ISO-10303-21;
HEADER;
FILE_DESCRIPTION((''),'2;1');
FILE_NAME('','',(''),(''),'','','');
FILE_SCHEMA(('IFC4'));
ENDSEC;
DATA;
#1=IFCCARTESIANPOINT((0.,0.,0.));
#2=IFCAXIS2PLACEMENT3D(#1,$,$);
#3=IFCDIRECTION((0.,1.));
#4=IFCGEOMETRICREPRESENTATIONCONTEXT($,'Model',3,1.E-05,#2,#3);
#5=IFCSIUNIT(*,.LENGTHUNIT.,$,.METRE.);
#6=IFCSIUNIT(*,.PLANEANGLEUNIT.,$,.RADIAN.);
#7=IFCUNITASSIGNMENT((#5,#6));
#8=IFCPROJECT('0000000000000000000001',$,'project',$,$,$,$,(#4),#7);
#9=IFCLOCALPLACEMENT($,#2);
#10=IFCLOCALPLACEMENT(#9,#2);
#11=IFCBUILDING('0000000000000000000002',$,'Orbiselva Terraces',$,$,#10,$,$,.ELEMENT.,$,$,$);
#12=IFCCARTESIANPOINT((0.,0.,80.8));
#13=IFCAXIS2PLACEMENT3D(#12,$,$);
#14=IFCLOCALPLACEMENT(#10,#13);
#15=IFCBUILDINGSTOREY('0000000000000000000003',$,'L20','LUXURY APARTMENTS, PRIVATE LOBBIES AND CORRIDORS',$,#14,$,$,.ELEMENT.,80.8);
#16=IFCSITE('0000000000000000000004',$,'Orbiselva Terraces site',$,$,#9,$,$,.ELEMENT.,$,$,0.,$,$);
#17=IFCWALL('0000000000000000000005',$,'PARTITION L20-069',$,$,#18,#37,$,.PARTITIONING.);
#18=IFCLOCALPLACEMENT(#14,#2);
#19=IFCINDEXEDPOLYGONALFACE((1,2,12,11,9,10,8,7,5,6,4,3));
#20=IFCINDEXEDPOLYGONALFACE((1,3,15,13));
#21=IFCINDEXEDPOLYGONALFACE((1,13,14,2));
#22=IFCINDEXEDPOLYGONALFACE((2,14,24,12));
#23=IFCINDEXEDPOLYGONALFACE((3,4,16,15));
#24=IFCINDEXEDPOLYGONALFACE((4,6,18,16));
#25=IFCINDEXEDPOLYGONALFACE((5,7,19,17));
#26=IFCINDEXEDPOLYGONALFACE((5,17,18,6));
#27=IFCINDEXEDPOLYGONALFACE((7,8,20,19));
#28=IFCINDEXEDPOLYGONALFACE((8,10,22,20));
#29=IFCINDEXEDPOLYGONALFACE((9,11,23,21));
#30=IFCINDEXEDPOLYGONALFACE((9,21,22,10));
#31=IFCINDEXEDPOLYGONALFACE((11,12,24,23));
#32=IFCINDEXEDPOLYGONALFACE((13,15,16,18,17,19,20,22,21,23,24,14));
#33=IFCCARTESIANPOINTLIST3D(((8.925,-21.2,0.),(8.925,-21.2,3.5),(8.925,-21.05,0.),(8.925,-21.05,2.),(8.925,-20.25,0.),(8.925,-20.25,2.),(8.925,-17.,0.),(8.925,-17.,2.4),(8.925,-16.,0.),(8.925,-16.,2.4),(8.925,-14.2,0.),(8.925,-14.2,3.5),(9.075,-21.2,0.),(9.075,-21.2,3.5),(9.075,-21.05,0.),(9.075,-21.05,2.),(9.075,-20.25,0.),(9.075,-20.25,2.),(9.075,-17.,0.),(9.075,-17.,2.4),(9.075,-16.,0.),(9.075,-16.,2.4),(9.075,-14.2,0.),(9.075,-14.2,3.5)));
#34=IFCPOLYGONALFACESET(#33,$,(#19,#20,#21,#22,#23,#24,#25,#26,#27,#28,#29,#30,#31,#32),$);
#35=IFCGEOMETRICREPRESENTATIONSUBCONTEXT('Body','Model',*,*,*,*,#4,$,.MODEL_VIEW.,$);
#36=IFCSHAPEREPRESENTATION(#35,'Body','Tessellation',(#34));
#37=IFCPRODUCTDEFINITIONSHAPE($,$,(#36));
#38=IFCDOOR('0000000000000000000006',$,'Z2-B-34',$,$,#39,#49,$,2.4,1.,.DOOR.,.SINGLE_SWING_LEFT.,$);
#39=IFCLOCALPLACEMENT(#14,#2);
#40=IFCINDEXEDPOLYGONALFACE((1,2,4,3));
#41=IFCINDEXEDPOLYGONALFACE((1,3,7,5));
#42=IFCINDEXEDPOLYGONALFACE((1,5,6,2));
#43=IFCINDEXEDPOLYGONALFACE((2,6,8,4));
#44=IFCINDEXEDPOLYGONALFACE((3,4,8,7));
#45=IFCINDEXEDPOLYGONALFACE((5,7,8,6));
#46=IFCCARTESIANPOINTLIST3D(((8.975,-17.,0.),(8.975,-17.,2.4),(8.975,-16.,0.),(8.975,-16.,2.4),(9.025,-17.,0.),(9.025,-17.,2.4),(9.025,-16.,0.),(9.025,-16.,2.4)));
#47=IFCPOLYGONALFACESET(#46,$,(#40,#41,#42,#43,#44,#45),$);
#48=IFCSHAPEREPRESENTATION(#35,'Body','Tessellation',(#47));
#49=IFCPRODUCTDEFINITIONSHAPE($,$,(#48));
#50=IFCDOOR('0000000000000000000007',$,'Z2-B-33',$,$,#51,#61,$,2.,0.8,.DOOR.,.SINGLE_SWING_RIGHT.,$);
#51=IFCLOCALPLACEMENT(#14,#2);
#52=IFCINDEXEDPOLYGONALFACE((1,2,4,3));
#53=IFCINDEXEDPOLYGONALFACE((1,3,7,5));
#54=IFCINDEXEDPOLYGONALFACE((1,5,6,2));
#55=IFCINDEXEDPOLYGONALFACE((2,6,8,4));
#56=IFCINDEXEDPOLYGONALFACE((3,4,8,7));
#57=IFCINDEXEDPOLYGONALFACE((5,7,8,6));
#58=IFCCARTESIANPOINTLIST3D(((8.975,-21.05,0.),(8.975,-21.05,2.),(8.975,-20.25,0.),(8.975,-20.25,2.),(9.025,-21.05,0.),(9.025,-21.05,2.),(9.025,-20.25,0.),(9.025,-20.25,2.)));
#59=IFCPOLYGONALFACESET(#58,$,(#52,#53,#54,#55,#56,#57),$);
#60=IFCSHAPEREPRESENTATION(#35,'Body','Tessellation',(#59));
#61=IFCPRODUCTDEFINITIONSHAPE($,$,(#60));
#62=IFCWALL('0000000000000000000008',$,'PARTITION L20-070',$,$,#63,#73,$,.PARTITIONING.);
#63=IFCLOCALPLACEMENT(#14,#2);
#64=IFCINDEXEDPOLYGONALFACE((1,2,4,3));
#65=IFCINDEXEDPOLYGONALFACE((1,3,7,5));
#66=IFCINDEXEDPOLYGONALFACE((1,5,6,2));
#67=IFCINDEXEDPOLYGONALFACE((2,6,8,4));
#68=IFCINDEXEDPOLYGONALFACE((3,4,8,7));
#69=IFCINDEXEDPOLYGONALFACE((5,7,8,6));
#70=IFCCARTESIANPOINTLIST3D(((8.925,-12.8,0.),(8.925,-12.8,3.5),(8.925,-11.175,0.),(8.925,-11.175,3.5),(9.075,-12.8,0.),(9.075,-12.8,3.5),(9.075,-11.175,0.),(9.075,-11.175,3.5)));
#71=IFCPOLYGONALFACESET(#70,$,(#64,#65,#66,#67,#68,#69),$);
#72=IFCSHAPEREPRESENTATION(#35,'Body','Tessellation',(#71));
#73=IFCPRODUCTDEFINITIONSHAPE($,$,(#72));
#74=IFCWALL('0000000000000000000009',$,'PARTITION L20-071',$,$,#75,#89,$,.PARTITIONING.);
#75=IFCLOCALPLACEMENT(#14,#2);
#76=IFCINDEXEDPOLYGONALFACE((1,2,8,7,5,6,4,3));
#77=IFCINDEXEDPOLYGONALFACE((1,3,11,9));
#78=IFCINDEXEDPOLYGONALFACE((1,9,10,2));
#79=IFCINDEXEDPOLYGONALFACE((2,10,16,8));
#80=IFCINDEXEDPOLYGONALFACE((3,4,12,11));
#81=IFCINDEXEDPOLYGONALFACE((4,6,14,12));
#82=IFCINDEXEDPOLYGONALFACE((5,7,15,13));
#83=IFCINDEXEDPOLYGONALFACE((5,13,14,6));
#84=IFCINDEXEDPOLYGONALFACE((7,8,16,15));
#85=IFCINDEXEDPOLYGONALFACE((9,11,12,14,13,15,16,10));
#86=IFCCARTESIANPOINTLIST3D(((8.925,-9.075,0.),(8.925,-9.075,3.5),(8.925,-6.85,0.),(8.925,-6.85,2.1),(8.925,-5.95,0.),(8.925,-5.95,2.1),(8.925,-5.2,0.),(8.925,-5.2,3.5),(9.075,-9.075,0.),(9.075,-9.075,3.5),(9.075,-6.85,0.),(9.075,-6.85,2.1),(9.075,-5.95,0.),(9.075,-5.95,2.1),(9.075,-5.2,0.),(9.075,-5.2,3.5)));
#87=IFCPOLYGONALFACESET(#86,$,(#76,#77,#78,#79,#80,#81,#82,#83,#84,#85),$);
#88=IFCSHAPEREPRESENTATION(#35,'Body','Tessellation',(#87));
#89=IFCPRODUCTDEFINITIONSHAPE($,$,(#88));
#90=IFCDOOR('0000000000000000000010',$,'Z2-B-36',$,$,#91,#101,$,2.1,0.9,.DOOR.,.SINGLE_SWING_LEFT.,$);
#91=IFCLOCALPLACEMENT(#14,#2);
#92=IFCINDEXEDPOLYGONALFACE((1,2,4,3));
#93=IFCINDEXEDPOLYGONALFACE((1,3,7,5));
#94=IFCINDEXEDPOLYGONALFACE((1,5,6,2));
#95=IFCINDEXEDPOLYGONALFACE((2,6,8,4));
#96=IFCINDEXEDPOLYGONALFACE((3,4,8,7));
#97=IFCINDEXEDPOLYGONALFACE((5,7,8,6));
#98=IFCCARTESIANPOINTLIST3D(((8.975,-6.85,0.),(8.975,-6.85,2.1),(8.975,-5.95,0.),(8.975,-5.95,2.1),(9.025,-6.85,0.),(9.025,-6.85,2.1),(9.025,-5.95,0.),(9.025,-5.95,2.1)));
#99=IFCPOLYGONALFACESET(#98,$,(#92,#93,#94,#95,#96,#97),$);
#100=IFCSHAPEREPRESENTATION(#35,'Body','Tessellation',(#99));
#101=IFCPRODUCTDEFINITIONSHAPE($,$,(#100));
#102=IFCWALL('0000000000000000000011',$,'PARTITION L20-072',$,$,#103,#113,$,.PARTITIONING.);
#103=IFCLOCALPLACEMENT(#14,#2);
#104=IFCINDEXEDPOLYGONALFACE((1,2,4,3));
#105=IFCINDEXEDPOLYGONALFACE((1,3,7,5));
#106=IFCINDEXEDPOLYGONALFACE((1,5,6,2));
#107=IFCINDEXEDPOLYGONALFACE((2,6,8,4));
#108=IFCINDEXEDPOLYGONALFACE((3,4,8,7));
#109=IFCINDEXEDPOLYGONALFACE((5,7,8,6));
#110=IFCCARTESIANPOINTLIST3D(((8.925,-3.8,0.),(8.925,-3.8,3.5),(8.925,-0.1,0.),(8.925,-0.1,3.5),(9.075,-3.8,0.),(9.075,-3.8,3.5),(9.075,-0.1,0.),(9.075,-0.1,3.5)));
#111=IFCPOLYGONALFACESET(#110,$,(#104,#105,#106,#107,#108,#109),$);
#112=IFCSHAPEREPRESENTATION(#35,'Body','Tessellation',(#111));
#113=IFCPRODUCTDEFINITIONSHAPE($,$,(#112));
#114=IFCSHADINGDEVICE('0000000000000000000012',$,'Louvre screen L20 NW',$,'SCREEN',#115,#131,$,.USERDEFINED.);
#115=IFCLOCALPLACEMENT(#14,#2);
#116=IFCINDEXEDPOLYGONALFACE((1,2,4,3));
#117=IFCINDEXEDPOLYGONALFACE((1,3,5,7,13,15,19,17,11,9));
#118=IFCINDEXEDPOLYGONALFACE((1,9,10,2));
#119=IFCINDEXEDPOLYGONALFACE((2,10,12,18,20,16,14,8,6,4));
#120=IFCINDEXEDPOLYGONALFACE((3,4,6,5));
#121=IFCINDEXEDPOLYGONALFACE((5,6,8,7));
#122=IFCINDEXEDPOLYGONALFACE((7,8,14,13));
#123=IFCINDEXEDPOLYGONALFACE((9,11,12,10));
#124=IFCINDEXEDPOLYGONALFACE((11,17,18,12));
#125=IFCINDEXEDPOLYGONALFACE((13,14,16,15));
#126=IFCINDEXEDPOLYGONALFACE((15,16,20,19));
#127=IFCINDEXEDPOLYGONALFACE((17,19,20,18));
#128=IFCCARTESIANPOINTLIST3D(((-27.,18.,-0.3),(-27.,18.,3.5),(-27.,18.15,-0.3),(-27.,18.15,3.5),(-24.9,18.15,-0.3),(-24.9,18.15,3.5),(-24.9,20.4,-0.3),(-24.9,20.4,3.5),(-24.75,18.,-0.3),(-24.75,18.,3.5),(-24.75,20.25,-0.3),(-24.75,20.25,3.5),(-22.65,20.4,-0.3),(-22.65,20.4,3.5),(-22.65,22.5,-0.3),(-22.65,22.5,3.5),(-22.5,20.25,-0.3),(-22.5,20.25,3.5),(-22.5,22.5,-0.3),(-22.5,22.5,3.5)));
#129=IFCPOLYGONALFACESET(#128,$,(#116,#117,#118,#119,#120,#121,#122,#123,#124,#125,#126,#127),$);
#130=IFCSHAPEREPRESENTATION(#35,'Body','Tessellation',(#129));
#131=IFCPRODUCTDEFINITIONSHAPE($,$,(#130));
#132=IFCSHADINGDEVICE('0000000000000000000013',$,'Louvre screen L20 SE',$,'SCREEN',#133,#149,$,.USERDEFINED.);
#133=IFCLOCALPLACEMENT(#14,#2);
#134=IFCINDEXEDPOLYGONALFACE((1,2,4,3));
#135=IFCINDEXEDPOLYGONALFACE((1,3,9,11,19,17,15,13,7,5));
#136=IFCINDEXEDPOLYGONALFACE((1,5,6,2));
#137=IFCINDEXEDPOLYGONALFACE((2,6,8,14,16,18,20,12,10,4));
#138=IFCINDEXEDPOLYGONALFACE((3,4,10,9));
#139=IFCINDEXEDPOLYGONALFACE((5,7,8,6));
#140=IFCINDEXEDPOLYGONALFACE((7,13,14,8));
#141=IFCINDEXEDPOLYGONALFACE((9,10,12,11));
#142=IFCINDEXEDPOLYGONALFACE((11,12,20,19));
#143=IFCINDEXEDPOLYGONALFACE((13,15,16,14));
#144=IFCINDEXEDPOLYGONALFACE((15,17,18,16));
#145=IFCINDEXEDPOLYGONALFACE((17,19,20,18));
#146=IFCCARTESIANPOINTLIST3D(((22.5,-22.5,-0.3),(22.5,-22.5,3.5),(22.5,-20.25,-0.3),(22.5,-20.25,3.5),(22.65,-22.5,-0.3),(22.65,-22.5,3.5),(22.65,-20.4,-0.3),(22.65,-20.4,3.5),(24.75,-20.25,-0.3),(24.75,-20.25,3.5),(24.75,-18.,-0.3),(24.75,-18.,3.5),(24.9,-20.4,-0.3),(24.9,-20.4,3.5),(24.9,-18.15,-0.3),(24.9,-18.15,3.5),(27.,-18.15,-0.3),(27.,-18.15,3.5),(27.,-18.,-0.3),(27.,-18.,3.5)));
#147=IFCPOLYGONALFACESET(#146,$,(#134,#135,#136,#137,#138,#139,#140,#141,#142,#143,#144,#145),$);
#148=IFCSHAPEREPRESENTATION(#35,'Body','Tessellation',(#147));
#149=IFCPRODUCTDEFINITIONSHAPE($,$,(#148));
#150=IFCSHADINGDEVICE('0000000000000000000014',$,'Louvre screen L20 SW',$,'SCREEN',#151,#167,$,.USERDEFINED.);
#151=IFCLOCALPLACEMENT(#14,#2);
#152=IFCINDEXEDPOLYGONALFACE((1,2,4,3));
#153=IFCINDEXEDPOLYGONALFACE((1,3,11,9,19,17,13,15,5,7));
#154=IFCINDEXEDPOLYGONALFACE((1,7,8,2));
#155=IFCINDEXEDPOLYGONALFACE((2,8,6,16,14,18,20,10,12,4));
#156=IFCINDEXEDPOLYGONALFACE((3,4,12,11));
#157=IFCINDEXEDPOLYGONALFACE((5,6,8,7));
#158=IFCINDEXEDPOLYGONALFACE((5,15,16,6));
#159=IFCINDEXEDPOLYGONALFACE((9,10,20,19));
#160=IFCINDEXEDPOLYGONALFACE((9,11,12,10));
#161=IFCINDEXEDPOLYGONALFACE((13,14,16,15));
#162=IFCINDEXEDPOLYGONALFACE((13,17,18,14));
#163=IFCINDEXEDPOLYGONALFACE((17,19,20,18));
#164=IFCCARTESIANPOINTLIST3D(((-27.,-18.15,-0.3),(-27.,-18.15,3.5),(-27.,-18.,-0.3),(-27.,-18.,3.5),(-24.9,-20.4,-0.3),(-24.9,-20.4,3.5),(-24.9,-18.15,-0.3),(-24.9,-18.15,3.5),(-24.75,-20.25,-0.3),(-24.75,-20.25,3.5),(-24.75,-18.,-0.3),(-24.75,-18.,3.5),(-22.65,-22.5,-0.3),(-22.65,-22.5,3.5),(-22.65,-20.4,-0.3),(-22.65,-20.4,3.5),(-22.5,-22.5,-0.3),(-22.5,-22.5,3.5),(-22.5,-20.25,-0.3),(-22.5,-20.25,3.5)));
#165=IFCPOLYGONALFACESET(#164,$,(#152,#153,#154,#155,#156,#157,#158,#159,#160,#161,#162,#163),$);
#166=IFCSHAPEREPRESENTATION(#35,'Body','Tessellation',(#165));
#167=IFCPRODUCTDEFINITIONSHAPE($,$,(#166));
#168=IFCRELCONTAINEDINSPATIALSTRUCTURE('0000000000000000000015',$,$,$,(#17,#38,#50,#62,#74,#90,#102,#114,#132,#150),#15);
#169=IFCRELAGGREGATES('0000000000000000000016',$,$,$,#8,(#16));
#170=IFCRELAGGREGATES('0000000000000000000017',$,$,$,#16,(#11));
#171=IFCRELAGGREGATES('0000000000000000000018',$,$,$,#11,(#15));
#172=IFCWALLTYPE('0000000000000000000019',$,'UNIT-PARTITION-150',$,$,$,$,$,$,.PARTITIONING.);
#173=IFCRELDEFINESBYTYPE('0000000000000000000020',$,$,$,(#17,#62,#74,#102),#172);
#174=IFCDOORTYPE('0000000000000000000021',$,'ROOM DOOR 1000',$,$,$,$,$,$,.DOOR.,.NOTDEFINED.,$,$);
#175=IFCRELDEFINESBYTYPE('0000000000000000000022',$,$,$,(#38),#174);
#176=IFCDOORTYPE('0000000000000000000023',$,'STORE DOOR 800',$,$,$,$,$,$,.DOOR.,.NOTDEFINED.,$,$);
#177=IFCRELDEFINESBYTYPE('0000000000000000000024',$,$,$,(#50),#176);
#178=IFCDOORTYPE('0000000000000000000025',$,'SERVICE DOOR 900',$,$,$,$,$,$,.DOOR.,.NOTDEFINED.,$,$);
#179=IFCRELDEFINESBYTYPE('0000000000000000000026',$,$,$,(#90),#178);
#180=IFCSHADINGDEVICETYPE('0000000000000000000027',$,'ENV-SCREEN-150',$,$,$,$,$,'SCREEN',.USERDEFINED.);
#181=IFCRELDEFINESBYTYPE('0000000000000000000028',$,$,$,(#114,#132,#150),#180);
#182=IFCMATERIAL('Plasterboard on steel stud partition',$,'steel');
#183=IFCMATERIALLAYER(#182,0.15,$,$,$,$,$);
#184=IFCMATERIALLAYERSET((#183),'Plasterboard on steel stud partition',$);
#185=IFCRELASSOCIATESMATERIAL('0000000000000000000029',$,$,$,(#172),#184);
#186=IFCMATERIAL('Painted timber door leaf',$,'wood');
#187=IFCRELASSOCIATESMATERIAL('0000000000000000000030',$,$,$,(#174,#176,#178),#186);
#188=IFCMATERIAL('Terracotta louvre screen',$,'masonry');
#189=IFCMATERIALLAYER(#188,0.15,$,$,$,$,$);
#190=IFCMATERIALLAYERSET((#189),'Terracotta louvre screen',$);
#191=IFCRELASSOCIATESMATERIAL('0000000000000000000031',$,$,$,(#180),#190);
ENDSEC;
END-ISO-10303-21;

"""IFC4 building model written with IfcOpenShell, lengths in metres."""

from ifc_helpers import new_model, si_unit, direction, frame, frame_2d, origin, place, context, subcontext, project, spatial, polyline, rectangle, outline, extrude, material, layer, layer_set, type_object, element, fill, save


model = new_model("IFC4")

# Units and contexts
model_context = context("Model", 3, precision=1e-05, world=origin(), true_north=direction((0.0, 1.0)))
body_context = subcontext(model_context, "Body", "Model", "MODEL_VIEW")
ifc_project = project(units=[si_unit("LENGTHUNIT", "METRE"), si_unit("PLANEANGLEUNIT", "RADIAN")], contexts=[model_context])

# Site, building, storey
site_placement = place(None, origin())
site = spatial("IfcSite", under=ifc_project, at=site_placement, Name="Orbiselva Terraces site", CompositionType="ELEMENT", RefElevation=0.0)
building_placement = place(site_placement, origin())
building = spatial("IfcBuilding", under=site, at=building_placement, Name="Orbiselva Terraces", CompositionType="ELEMENT")
storey_placement = place(building_placement, frame((0.0, 0.0, 80.8)))
storey = spatial("IfcBuildingStorey", under=building, at=storey_placement, Name="L20", Description="LUXURY APARTMENTS, PRIVATE LOBBIES AND CORRIDORS", CompositionType="ELEMENT", Elevation=80.8)

# Shared definitions
ifc_material_1 = material(Name="Plasterboard on steel stud partition", Category="steel")
ifc_layer_1 = layer(ifc_material_1, 0.15)
ifc_layer_set_1 = layer_set([ifc_layer_1], Name="Plasterboard on steel stud partition")
wall_type_1 = type_object("IfcWallType", Name="UNIT-PARTITION-150", PredefinedType="PARTITIONING", material=ifc_layer_set_1)

# Wall, openings, doors
wall_1_placement = place(storey_placement, frame((9.0, -14.2, 0.0), z_axis=(0.0, 0.0, 1.0), x_axis=(0.0, -1.0, 0.0)))
wall_1 = element("IfcWall", 1, at=wall_1_placement, inside=storey, type_object=wall_type_1, Name="PARTITION L20-069", PredefinedType="PARTITIONING", context=body_context, shape_type="SweptSolid", body=[
    extrude(rectangle(XDim=7.0, YDim=0.15, at=frame_2d((3.5, 0.0))), origin(), (0.0, 0.0, 1.0), 3.5),
])
opening_1_placement = place(wall_1_placement, frame((6.05, 0.0, 0.0)))
opening_1 = element("IfcOpeningElement", 2, at=opening_1_placement, cuts=wall_1, PredefinedType="OPENING", context=body_context, shape_type="SweptSolid", body=[
    extrude(rectangle(XDim=0.8, YDim=2.0, at=frame_2d((0.4, 1.0))), frame((0.0, 0.085, 0.0), z_axis=(0.0, -1.0, 0.0), x_axis=(1.0, 0.0, 0.0)), (0.0, 0.0, 1.0), 0.17),
])
opening_2_placement = place(wall_1_placement, frame((1.8, 0.0, 0.0)))
opening_2 = element("IfcOpeningElement", 3, at=opening_2_placement, cuts=wall_1, PredefinedType="OPENING", context=body_context, shape_type="SweptSolid", body=[
    extrude(rectangle(XDim=1.0, YDim=2.4, at=frame_2d((0.5, 1.2))), frame((0.0, 0.085, 0.0), z_axis=(0.0, -1.0, 0.0), x_axis=(1.0, 0.0, 0.0)), (0.0, 0.0, 1.0), 0.17),
])
ifc_material_2 = material(Name="Painted timber door leaf", Category="wood")
door_type_1 = type_object("IfcDoorType", Name="ROOM DOOR 1000", OperationType="NOTDEFINED", PredefinedType="DOOR", material=ifc_material_2)
door_1_placement = place(opening_2_placement, origin())
door_1 = element("IfcDoor", 4, at=door_1_placement, inside=storey, type_object=door_type_1, Name="Z2-B-34", OperationType="SINGLE_SWING_LEFT", OverallHeight=2.4, OverallWidth=1.0, PredefinedType="DOOR", context=body_context, shape_type="SweptSolid", body=[
    extrude(rectangle(XDim=1.0, YDim=2.4, at=frame_2d((0.5, 1.2))), frame((0.0, 0.025, 0.0), z_axis=(0.0, -1.0, 0.0), x_axis=(1.0, 0.0, 0.0)), (0.0, 0.0, 1.0), 0.05),
])
fill(opening_2, door_1)
door_type_2 = type_object("IfcDoorType", Name="STORE DOOR 800", OperationType="NOTDEFINED", PredefinedType="DOOR", material=ifc_material_2)
door_2_placement = place(opening_1_placement, origin())
door_2 = element("IfcDoor", 5, at=door_2_placement, inside=storey, type_object=door_type_2, Name="Z2-B-33", OperationType="SINGLE_SWING_RIGHT", OverallHeight=2.0, OverallWidth=0.8, PredefinedType="DOOR", context=body_context, shape_type="SweptSolid", body=[
    extrude(rectangle(XDim=0.8, YDim=2.0, at=frame_2d((0.4, 1.0))), frame((0.0, 0.025, 0.0), z_axis=(0.0, -1.0, 0.0), x_axis=(1.0, 0.0, 0.0)), (0.0, 0.0, 1.0), 0.05),
])
fill(opening_1, door_2)

# Wall
wall_2_placement = place(storey_placement, frame((9.0, -12.8, 0.0), z_axis=(0.0, 0.0, 1.0), x_axis=(0.0, 1.0, 0.0)))
element("IfcWall", 6, at=wall_2_placement, inside=storey, type_object=wall_type_1, Name="PARTITION L20-070", PredefinedType="PARTITIONING", context=body_context, shape_type="SweptSolid", body=[
    extrude(rectangle(XDim=1.625, YDim=0.15, at=frame_2d((0.8125, 0.0))), origin(), (0.0, 0.0, 1.0), 3.5),
])

# Wall, opening, door
wall_3_placement = place(storey_placement, frame((9.0, -5.2, 0.0), z_axis=(0.0, 0.0, 1.0), x_axis=(0.0, -1.0, 0.0)))
wall_3 = element("IfcWall", 7, at=wall_3_placement, inside=storey, type_object=wall_type_1, Name="PARTITION L20-071", PredefinedType="PARTITIONING", context=body_context, shape_type="SweptSolid", body=[
    extrude(rectangle(XDim=3.875, YDim=0.15, at=frame_2d((1.9375, 0.0))), origin(), (0.0, 0.0, 1.0), 3.5),
])
opening_3_placement = place(wall_3_placement, frame((0.75, 0.0, 0.0)))
opening_3 = element("IfcOpeningElement", 8, at=opening_3_placement, cuts=wall_3, PredefinedType="OPENING", context=body_context, shape_type="SweptSolid", body=[
    extrude(rectangle(XDim=0.9, YDim=2.1, at=frame_2d((0.45, 1.05))), frame((0.0, 0.085, 0.0), z_axis=(0.0, -1.0, 0.0), x_axis=(1.0, 0.0, 0.0)), (0.0, 0.0, 1.0), 0.17),
])
door_type_3 = type_object("IfcDoorType", Name="SERVICE DOOR 900", OperationType="NOTDEFINED", PredefinedType="DOOR", material=ifc_material_2)
door_3_placement = place(opening_3_placement, origin())
door_3 = element("IfcDoor", 9, at=door_3_placement, inside=storey, type_object=door_type_3, Name="Z2-B-36", OperationType="SINGLE_SWING_LEFT", OverallHeight=2.1, OverallWidth=0.9, PredefinedType="DOOR", context=body_context, shape_type="SweptSolid", body=[
    extrude(rectangle(XDim=0.9, YDim=2.1, at=frame_2d((0.45, 1.05))), frame((0.0, 0.025, 0.0), z_axis=(0.0, -1.0, 0.0), x_axis=(1.0, 0.0, 0.0)), (0.0, 0.0, 1.0), 0.05),
])
fill(opening_3, door_3)

# Wall
wall_4_placement = place(storey_placement, frame((9.0, -3.8, 0.0), z_axis=(0.0, 0.0, 1.0), x_axis=(0.0, 1.0, 0.0)))
element("IfcWall", 10, at=wall_4_placement, inside=storey, type_object=wall_type_1, Name="PARTITION L20-072", PredefinedType="PARTITIONING", context=body_context, shape_type="SweptSolid", body=[
    extrude(rectangle(XDim=3.7, YDim=0.15, at=frame_2d((1.85, 0.0))), origin(), (0.0, 0.0, 1.0), 3.5),
])

# Shading devices
ifc_material_3 = material(Name="Terracotta louvre screen", Category="masonry")
ifc_layer_2 = layer(ifc_material_3, 0.15)
ifc_layer_set_2 = layer_set([ifc_layer_2], Name="Terracotta louvre screen")
shading_device_type = type_object("IfcShadingDeviceType", Name="ENV-SCREEN-150", ElementType="SCREEN", PredefinedType="USERDEFINED", material=ifc_layer_set_2)
shading_device_1_placement = place(storey_placement, frame((0.0, 0.0, -0.3)))
element("IfcShadingDevice", 11, at=shading_device_1_placement, inside=storey, type_object=shading_device_type, Name="Louvre screen L20 NW", ObjectType="SCREEN", PredefinedType="USERDEFINED", context=body_context, shape_type="SweptSolid", body=[
    extrude(outline(polyline([(-22.65, 22.5), (-22.65, 20.4), (-24.9, 20.4), (-24.9, 18.15), (-27.0, 18.15), (-27.0, 18.0), (-24.75, 18.0), (-24.75, 20.25), (-22.5, 20.25), (-22.5, 22.5), (-22.65, 22.5)])), origin(), (0.0, 0.0, 1.0), 3.8),
])
shading_device_2_placement = place(storey_placement, frame((0.0, 0.0, -0.3)))
element("IfcShadingDevice", 12, at=shading_device_2_placement, inside=storey, type_object=shading_device_type, Name="Louvre screen L20 SE", ObjectType="SCREEN", PredefinedType="USERDEFINED", context=body_context, shape_type="SweptSolid", body=[
    extrude(outline(polyline([(22.65, -22.5), (22.65, -20.4), (24.9, -20.4), (24.9, -18.15), (27.0, -18.15), (27.0, -18.0), (24.75, -18.0), (24.75, -20.25), (22.5, -20.25), (22.5, -22.5), (22.65, -22.5)])), origin(), (0.0, 0.0, 1.0), 3.8),
])
shading_device_3_placement = place(storey_placement, frame((0.0, 0.0, -0.3)))
element("IfcShadingDevice", 13, at=shading_device_3_placement, inside=storey, type_object=shading_device_type, Name="Louvre screen L20 SW", ObjectType="SCREEN", PredefinedType="USERDEFINED", context=body_context, shape_type="SweptSolid", body=[
    extrude(outline(polyline([(-27.0, -18.15), (-24.9, -18.15), (-24.9, -20.4), (-22.65, -20.4), (-22.65, -22.5), (-22.5, -22.5), (-22.5, -20.25), (-24.75, -20.25), (-24.75, -18.0), (-27.0, -18.0), (-27.0, -18.15)])), origin(), (0.0, 0.0, 1.0), 3.8),
])

save(model, "model.ifc")
